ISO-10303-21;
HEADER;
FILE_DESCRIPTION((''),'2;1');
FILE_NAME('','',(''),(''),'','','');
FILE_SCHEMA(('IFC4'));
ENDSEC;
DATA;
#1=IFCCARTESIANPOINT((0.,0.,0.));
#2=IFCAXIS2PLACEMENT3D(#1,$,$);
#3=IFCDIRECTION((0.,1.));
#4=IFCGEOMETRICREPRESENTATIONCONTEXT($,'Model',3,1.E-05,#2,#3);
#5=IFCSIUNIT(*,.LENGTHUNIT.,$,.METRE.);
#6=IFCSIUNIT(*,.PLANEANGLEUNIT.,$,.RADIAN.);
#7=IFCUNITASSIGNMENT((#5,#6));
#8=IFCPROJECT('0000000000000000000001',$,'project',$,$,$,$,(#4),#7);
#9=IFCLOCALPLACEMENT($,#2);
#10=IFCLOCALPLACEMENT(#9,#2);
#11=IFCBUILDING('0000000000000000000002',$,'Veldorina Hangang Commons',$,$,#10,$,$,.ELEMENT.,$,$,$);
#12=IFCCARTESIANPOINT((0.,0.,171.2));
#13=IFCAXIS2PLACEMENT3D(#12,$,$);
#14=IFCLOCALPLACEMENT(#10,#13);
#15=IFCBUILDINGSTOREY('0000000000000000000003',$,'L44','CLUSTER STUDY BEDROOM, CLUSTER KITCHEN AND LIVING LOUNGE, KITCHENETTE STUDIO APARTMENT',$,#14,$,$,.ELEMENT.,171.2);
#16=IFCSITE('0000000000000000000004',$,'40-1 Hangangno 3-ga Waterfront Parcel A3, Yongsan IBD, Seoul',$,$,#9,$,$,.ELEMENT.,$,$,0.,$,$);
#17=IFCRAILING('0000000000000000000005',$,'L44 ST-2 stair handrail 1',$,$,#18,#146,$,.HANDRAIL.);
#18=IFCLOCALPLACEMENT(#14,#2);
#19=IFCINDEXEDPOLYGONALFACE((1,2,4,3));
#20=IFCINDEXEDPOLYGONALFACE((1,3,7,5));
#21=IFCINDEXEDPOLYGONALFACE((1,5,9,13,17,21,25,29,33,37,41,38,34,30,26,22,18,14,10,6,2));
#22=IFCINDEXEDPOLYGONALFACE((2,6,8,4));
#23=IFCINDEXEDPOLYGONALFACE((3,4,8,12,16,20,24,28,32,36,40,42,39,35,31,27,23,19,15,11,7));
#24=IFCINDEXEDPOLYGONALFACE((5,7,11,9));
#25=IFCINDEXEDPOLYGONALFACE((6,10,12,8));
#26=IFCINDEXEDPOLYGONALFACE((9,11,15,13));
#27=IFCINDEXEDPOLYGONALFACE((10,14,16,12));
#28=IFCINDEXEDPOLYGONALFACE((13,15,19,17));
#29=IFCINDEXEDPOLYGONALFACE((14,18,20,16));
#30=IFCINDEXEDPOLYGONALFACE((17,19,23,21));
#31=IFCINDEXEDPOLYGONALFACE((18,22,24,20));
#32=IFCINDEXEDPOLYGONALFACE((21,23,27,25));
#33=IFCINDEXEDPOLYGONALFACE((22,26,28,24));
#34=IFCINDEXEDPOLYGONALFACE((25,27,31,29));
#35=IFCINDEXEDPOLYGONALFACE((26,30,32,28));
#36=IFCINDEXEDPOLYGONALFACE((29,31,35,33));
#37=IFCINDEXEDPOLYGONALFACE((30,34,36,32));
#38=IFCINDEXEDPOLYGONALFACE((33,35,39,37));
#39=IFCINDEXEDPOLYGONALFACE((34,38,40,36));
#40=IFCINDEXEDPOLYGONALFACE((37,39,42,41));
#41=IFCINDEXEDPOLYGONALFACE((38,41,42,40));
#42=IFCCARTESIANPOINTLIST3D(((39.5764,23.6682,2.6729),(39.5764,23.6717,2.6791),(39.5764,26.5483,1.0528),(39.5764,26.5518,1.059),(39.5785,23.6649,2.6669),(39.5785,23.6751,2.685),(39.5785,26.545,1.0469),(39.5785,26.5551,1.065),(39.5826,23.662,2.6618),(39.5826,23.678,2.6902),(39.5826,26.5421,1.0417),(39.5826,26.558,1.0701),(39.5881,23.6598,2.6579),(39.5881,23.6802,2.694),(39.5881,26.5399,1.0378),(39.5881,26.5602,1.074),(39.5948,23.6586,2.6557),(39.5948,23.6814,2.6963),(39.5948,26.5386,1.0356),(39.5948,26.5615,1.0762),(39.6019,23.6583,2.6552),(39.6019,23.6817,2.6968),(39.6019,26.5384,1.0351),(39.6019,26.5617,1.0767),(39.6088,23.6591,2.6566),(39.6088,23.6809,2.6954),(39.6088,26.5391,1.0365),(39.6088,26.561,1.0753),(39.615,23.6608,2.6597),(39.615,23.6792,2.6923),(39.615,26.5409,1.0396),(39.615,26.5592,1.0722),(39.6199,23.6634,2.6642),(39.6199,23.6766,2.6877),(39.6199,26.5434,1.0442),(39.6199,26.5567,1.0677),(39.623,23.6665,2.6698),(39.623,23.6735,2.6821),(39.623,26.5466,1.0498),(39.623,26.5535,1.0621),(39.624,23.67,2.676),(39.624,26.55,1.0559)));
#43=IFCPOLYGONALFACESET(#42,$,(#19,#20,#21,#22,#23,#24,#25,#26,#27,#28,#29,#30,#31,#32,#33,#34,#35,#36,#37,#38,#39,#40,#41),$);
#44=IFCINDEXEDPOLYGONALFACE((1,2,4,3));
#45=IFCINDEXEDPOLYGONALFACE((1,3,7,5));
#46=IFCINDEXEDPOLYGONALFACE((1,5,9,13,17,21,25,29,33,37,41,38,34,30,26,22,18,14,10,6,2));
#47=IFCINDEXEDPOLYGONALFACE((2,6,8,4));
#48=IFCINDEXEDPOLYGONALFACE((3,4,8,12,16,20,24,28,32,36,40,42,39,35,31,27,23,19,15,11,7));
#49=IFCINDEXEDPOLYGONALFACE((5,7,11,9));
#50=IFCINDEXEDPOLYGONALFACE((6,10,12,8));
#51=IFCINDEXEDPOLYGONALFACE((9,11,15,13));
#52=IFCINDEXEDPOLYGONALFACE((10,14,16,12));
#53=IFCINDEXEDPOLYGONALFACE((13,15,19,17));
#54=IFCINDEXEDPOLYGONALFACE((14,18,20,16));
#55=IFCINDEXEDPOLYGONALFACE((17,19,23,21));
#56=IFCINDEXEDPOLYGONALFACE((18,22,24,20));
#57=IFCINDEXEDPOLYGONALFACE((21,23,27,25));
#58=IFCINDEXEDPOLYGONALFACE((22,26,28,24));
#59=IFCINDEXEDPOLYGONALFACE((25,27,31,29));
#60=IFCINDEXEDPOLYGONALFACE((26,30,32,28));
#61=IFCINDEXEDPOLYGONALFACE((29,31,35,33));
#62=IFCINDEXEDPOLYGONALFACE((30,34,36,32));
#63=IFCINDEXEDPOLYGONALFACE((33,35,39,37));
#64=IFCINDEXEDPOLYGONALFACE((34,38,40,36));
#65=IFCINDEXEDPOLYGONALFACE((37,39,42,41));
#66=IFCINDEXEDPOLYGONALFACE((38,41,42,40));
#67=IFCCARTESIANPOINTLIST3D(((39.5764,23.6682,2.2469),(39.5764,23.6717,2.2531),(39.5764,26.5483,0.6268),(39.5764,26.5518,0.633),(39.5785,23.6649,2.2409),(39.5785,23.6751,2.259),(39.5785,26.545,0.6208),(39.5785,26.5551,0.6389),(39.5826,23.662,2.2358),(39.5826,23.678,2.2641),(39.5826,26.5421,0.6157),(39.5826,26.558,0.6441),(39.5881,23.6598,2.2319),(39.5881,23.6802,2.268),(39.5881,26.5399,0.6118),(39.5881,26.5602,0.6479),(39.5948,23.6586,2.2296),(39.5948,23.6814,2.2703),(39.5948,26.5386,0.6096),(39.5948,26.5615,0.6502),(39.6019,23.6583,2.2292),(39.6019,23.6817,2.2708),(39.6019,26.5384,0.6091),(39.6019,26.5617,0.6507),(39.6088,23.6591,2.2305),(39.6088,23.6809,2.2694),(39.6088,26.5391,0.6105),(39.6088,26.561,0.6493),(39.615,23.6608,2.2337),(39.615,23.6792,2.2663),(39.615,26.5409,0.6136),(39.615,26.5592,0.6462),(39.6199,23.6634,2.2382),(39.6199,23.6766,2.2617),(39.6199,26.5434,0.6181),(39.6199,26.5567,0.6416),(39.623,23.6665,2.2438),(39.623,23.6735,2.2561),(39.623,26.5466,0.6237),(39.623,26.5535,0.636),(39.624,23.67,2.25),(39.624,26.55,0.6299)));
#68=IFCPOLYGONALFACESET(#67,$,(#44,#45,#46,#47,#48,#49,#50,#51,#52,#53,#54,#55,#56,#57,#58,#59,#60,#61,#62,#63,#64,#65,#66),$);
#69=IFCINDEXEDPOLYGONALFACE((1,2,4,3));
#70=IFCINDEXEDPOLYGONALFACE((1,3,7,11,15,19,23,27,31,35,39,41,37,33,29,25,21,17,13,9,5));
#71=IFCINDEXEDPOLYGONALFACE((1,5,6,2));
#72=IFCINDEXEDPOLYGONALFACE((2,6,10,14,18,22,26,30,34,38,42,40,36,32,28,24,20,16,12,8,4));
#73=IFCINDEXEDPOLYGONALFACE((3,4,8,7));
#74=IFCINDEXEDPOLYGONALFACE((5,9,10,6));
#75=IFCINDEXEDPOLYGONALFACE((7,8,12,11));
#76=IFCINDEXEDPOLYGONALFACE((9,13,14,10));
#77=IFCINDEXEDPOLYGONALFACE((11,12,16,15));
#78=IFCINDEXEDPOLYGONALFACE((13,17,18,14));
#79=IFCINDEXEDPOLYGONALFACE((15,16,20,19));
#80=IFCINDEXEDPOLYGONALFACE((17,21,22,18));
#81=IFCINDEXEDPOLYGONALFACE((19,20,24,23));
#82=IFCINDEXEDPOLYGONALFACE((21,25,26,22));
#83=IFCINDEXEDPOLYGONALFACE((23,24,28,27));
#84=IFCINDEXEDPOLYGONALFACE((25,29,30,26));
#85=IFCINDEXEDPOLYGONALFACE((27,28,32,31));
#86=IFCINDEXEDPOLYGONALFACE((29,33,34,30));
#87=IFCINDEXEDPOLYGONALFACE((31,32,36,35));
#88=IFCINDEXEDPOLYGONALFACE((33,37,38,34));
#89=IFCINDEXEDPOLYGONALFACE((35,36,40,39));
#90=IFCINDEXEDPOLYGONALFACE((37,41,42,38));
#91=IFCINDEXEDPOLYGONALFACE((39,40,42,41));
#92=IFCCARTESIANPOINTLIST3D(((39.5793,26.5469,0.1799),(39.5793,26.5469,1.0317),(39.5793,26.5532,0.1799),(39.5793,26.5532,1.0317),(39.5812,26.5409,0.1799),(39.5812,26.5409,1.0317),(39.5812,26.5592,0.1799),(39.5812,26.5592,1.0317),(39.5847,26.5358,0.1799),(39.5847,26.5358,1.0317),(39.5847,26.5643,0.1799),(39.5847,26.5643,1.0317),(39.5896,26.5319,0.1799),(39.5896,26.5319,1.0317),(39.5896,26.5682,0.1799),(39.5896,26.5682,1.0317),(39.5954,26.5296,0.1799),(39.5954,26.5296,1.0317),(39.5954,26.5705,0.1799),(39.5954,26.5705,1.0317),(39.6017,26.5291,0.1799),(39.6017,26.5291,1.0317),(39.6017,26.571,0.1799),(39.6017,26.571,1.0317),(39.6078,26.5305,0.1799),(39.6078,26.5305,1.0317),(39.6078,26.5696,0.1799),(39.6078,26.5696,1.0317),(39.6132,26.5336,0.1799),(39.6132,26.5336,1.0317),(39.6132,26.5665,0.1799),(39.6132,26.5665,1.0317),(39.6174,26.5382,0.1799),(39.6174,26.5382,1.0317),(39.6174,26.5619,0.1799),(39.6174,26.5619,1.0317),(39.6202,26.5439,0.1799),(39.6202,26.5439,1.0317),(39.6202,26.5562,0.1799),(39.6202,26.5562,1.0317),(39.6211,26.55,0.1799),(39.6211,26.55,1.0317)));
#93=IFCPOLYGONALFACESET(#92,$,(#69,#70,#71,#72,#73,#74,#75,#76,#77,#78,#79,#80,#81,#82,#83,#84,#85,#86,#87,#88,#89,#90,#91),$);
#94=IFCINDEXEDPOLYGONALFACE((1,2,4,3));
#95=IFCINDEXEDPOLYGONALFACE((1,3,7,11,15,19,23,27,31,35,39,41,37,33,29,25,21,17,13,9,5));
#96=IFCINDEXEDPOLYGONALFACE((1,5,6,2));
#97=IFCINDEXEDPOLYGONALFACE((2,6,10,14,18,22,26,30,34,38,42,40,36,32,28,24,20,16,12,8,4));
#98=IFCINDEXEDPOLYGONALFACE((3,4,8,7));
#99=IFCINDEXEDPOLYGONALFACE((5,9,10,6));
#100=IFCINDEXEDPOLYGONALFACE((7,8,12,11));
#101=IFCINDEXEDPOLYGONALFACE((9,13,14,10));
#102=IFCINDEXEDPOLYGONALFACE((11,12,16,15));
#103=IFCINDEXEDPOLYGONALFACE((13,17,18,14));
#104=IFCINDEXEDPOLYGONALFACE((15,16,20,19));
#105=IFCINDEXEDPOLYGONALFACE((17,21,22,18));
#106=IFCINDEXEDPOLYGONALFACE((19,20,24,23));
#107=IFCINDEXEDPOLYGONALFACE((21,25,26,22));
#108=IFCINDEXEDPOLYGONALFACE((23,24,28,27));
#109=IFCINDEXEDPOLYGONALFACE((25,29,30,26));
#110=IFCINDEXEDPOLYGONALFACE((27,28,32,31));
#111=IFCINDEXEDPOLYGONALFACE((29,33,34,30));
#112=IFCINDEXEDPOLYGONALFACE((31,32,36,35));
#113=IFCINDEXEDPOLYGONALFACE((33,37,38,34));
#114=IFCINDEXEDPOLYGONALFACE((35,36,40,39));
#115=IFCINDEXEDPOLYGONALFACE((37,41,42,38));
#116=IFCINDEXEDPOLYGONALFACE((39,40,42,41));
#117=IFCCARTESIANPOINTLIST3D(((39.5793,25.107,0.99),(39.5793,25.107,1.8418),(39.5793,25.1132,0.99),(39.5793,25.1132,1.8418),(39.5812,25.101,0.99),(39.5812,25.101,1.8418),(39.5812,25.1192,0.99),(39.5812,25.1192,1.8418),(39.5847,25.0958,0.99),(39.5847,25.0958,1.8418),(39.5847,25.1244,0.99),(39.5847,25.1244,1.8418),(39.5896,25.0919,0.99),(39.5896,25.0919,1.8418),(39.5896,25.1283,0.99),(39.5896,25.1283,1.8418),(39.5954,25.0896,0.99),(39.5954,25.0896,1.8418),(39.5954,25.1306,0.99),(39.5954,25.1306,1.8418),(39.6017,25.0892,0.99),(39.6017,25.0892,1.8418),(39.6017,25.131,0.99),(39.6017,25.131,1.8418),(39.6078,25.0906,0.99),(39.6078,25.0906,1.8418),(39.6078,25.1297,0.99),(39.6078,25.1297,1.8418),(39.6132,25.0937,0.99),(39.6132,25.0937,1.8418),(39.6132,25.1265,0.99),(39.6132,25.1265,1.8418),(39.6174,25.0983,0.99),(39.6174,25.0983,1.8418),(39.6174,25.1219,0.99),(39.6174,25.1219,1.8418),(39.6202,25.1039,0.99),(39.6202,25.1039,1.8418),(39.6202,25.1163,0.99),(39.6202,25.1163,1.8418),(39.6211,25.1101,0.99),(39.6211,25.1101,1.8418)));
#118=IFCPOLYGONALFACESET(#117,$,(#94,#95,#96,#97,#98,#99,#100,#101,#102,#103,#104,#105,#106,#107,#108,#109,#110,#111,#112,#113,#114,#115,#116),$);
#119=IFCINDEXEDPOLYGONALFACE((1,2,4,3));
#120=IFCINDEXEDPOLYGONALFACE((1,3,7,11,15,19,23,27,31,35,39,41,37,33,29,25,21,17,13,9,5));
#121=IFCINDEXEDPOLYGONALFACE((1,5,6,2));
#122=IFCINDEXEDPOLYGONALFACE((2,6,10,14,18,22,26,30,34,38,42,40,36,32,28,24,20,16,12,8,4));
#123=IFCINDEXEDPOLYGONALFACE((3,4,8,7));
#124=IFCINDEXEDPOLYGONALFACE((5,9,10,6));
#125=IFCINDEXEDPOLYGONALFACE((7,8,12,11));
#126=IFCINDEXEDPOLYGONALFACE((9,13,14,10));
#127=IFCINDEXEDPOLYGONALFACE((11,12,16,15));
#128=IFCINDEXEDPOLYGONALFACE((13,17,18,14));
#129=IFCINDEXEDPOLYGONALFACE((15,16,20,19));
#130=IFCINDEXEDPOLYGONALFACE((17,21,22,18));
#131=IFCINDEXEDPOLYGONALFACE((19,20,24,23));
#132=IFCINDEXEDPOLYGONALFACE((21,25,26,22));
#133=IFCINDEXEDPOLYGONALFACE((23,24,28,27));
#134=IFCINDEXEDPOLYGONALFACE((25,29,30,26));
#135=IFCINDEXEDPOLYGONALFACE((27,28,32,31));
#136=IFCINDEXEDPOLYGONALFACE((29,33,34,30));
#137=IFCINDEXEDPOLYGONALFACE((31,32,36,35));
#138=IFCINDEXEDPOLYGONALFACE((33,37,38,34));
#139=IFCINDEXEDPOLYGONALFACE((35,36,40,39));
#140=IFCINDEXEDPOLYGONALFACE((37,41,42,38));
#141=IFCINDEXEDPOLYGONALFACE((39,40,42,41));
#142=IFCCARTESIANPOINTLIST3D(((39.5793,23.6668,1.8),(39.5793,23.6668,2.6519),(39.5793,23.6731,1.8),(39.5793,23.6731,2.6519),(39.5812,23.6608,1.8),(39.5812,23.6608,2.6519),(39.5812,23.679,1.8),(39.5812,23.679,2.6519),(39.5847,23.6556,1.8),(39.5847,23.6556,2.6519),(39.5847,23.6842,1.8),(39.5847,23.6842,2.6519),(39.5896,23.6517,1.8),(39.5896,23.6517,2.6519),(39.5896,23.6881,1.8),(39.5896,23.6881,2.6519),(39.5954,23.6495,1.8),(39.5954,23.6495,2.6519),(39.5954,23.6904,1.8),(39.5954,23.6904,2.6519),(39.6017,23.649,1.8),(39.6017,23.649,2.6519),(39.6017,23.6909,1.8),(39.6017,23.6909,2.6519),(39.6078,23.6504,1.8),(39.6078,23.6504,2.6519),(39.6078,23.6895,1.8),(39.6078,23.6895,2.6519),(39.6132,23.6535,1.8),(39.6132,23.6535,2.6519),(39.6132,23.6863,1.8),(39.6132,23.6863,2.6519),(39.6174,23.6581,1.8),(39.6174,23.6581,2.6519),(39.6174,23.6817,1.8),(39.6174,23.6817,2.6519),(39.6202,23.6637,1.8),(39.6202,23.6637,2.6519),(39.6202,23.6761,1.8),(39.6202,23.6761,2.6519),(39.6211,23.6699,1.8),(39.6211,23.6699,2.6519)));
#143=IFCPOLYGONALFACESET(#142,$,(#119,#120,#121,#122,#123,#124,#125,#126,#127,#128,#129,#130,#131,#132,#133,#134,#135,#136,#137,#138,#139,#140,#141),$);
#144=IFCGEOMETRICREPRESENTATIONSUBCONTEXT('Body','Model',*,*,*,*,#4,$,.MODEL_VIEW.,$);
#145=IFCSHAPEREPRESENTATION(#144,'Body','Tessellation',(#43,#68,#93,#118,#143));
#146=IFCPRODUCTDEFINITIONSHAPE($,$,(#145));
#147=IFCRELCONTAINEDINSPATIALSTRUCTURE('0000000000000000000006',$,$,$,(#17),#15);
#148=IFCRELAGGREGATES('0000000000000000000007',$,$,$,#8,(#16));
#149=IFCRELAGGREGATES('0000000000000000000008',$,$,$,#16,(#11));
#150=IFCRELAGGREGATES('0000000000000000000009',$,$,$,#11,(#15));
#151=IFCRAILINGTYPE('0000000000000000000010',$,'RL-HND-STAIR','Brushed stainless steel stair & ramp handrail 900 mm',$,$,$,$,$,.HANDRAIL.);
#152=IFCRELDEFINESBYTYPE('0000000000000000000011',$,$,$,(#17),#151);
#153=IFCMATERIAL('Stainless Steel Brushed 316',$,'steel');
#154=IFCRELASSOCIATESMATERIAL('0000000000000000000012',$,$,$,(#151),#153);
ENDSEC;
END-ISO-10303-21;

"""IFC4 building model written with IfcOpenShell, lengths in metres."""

from ifc_helpers import new_model, si_unit, direction, frame, origin, origin_2d, place, context, subcontext, project, spatial, circle, extrude, material, type_object, element, save


model = new_model("IFC4")

# Units and contexts
model_context = context("Model", 3, precision=1e-05, world=origin(), true_north=direction((0.0, 1.0)))
body_context = subcontext(model_context, "Body", "Model", "MODEL_VIEW")
ifc_project = project(units=[si_unit("LENGTHUNIT", "METRE"), si_unit("PLANEANGLEUNIT", "RADIAN")], contexts=[model_context])

# Site, building, storey
site_placement = place(None, origin())
site = spatial("IfcSite", under=ifc_project, at=site_placement, Name="40-1 Hangangno 3-ga Waterfront Parcel A3, Yongsan IBD, Seoul", CompositionType="ELEMENT", RefElevation=0.0)
building_placement = place(site_placement, origin())
building = spatial("IfcBuilding", under=site, at=building_placement, Name="Veldorina Hangang Commons", CompositionType="ELEMENT")
storey_placement = place(building_placement, frame((0.0, 0.0, 171.2)))
storey = spatial("IfcBuildingStorey", under=building, at=storey_placement, Name="L44", Description="CLUSTER STUDY BEDROOM, CLUSTER KITCHEN AND LIVING LOUNGE, KITCHENETTE STUDIO APARTMENT", CompositionType="ELEMENT", Elevation=171.2)

# Railing
ifc_material_1 = material(Name="Stainless Steel Brushed 316", Category="steel")
railing_type_1 = type_object("IfcRailingType", Name="RL-HND-STAIR", Description="Brushed stainless steel stair & ramp handrail 900 mm", PredefinedType="HANDRAIL", material=ifc_material_1)
railing_1_placement = place(storey_placement, frame((39.6001, 26.55, 0.1799)))
element("IfcRailing", 1, at=railing_1_placement, inside=storey, type_object=railing_type_1, Name="L44 ST-2 stair handrail 1", PredefinedType="HANDRAIL", context=body_context, shape_type="SweptSolid", body=[
    extrude(circle(Radius=0.0239, at=origin_2d()), frame((0.0, 0.0, 0.876), z_axis=(0.0, -0.87157, 0.490272), x_axis=(1.0, 0.0, 0.0)), (0.0, 0.0, 1.0), 3.3044),
    extrude(circle(Radius=0.0239, at=origin_2d()), frame((0.0, 0.0, 0.45), z_axis=(0.0, -0.87157, 0.490272), x_axis=(1.0, 0.0, 0.0)), (0.0, 0.0, 1.0), 3.3044),
    extrude(circle(Radius=0.021, at=origin_2d()), origin(), (0.0, 0.0, 1.0), 0.8518),
    extrude(circle(Radius=0.021, at=origin_2d()), frame((0.0, -1.4399, 0.8101)), (0.0, 0.0, 1.0), 0.8518),
    extrude(circle(Radius=0.021, at=origin_2d()), frame((0.0, -2.8801, 1.6201)), (0.0, 0.0, 1.0), 0.8518),
])

save(model, "model.ifc")
